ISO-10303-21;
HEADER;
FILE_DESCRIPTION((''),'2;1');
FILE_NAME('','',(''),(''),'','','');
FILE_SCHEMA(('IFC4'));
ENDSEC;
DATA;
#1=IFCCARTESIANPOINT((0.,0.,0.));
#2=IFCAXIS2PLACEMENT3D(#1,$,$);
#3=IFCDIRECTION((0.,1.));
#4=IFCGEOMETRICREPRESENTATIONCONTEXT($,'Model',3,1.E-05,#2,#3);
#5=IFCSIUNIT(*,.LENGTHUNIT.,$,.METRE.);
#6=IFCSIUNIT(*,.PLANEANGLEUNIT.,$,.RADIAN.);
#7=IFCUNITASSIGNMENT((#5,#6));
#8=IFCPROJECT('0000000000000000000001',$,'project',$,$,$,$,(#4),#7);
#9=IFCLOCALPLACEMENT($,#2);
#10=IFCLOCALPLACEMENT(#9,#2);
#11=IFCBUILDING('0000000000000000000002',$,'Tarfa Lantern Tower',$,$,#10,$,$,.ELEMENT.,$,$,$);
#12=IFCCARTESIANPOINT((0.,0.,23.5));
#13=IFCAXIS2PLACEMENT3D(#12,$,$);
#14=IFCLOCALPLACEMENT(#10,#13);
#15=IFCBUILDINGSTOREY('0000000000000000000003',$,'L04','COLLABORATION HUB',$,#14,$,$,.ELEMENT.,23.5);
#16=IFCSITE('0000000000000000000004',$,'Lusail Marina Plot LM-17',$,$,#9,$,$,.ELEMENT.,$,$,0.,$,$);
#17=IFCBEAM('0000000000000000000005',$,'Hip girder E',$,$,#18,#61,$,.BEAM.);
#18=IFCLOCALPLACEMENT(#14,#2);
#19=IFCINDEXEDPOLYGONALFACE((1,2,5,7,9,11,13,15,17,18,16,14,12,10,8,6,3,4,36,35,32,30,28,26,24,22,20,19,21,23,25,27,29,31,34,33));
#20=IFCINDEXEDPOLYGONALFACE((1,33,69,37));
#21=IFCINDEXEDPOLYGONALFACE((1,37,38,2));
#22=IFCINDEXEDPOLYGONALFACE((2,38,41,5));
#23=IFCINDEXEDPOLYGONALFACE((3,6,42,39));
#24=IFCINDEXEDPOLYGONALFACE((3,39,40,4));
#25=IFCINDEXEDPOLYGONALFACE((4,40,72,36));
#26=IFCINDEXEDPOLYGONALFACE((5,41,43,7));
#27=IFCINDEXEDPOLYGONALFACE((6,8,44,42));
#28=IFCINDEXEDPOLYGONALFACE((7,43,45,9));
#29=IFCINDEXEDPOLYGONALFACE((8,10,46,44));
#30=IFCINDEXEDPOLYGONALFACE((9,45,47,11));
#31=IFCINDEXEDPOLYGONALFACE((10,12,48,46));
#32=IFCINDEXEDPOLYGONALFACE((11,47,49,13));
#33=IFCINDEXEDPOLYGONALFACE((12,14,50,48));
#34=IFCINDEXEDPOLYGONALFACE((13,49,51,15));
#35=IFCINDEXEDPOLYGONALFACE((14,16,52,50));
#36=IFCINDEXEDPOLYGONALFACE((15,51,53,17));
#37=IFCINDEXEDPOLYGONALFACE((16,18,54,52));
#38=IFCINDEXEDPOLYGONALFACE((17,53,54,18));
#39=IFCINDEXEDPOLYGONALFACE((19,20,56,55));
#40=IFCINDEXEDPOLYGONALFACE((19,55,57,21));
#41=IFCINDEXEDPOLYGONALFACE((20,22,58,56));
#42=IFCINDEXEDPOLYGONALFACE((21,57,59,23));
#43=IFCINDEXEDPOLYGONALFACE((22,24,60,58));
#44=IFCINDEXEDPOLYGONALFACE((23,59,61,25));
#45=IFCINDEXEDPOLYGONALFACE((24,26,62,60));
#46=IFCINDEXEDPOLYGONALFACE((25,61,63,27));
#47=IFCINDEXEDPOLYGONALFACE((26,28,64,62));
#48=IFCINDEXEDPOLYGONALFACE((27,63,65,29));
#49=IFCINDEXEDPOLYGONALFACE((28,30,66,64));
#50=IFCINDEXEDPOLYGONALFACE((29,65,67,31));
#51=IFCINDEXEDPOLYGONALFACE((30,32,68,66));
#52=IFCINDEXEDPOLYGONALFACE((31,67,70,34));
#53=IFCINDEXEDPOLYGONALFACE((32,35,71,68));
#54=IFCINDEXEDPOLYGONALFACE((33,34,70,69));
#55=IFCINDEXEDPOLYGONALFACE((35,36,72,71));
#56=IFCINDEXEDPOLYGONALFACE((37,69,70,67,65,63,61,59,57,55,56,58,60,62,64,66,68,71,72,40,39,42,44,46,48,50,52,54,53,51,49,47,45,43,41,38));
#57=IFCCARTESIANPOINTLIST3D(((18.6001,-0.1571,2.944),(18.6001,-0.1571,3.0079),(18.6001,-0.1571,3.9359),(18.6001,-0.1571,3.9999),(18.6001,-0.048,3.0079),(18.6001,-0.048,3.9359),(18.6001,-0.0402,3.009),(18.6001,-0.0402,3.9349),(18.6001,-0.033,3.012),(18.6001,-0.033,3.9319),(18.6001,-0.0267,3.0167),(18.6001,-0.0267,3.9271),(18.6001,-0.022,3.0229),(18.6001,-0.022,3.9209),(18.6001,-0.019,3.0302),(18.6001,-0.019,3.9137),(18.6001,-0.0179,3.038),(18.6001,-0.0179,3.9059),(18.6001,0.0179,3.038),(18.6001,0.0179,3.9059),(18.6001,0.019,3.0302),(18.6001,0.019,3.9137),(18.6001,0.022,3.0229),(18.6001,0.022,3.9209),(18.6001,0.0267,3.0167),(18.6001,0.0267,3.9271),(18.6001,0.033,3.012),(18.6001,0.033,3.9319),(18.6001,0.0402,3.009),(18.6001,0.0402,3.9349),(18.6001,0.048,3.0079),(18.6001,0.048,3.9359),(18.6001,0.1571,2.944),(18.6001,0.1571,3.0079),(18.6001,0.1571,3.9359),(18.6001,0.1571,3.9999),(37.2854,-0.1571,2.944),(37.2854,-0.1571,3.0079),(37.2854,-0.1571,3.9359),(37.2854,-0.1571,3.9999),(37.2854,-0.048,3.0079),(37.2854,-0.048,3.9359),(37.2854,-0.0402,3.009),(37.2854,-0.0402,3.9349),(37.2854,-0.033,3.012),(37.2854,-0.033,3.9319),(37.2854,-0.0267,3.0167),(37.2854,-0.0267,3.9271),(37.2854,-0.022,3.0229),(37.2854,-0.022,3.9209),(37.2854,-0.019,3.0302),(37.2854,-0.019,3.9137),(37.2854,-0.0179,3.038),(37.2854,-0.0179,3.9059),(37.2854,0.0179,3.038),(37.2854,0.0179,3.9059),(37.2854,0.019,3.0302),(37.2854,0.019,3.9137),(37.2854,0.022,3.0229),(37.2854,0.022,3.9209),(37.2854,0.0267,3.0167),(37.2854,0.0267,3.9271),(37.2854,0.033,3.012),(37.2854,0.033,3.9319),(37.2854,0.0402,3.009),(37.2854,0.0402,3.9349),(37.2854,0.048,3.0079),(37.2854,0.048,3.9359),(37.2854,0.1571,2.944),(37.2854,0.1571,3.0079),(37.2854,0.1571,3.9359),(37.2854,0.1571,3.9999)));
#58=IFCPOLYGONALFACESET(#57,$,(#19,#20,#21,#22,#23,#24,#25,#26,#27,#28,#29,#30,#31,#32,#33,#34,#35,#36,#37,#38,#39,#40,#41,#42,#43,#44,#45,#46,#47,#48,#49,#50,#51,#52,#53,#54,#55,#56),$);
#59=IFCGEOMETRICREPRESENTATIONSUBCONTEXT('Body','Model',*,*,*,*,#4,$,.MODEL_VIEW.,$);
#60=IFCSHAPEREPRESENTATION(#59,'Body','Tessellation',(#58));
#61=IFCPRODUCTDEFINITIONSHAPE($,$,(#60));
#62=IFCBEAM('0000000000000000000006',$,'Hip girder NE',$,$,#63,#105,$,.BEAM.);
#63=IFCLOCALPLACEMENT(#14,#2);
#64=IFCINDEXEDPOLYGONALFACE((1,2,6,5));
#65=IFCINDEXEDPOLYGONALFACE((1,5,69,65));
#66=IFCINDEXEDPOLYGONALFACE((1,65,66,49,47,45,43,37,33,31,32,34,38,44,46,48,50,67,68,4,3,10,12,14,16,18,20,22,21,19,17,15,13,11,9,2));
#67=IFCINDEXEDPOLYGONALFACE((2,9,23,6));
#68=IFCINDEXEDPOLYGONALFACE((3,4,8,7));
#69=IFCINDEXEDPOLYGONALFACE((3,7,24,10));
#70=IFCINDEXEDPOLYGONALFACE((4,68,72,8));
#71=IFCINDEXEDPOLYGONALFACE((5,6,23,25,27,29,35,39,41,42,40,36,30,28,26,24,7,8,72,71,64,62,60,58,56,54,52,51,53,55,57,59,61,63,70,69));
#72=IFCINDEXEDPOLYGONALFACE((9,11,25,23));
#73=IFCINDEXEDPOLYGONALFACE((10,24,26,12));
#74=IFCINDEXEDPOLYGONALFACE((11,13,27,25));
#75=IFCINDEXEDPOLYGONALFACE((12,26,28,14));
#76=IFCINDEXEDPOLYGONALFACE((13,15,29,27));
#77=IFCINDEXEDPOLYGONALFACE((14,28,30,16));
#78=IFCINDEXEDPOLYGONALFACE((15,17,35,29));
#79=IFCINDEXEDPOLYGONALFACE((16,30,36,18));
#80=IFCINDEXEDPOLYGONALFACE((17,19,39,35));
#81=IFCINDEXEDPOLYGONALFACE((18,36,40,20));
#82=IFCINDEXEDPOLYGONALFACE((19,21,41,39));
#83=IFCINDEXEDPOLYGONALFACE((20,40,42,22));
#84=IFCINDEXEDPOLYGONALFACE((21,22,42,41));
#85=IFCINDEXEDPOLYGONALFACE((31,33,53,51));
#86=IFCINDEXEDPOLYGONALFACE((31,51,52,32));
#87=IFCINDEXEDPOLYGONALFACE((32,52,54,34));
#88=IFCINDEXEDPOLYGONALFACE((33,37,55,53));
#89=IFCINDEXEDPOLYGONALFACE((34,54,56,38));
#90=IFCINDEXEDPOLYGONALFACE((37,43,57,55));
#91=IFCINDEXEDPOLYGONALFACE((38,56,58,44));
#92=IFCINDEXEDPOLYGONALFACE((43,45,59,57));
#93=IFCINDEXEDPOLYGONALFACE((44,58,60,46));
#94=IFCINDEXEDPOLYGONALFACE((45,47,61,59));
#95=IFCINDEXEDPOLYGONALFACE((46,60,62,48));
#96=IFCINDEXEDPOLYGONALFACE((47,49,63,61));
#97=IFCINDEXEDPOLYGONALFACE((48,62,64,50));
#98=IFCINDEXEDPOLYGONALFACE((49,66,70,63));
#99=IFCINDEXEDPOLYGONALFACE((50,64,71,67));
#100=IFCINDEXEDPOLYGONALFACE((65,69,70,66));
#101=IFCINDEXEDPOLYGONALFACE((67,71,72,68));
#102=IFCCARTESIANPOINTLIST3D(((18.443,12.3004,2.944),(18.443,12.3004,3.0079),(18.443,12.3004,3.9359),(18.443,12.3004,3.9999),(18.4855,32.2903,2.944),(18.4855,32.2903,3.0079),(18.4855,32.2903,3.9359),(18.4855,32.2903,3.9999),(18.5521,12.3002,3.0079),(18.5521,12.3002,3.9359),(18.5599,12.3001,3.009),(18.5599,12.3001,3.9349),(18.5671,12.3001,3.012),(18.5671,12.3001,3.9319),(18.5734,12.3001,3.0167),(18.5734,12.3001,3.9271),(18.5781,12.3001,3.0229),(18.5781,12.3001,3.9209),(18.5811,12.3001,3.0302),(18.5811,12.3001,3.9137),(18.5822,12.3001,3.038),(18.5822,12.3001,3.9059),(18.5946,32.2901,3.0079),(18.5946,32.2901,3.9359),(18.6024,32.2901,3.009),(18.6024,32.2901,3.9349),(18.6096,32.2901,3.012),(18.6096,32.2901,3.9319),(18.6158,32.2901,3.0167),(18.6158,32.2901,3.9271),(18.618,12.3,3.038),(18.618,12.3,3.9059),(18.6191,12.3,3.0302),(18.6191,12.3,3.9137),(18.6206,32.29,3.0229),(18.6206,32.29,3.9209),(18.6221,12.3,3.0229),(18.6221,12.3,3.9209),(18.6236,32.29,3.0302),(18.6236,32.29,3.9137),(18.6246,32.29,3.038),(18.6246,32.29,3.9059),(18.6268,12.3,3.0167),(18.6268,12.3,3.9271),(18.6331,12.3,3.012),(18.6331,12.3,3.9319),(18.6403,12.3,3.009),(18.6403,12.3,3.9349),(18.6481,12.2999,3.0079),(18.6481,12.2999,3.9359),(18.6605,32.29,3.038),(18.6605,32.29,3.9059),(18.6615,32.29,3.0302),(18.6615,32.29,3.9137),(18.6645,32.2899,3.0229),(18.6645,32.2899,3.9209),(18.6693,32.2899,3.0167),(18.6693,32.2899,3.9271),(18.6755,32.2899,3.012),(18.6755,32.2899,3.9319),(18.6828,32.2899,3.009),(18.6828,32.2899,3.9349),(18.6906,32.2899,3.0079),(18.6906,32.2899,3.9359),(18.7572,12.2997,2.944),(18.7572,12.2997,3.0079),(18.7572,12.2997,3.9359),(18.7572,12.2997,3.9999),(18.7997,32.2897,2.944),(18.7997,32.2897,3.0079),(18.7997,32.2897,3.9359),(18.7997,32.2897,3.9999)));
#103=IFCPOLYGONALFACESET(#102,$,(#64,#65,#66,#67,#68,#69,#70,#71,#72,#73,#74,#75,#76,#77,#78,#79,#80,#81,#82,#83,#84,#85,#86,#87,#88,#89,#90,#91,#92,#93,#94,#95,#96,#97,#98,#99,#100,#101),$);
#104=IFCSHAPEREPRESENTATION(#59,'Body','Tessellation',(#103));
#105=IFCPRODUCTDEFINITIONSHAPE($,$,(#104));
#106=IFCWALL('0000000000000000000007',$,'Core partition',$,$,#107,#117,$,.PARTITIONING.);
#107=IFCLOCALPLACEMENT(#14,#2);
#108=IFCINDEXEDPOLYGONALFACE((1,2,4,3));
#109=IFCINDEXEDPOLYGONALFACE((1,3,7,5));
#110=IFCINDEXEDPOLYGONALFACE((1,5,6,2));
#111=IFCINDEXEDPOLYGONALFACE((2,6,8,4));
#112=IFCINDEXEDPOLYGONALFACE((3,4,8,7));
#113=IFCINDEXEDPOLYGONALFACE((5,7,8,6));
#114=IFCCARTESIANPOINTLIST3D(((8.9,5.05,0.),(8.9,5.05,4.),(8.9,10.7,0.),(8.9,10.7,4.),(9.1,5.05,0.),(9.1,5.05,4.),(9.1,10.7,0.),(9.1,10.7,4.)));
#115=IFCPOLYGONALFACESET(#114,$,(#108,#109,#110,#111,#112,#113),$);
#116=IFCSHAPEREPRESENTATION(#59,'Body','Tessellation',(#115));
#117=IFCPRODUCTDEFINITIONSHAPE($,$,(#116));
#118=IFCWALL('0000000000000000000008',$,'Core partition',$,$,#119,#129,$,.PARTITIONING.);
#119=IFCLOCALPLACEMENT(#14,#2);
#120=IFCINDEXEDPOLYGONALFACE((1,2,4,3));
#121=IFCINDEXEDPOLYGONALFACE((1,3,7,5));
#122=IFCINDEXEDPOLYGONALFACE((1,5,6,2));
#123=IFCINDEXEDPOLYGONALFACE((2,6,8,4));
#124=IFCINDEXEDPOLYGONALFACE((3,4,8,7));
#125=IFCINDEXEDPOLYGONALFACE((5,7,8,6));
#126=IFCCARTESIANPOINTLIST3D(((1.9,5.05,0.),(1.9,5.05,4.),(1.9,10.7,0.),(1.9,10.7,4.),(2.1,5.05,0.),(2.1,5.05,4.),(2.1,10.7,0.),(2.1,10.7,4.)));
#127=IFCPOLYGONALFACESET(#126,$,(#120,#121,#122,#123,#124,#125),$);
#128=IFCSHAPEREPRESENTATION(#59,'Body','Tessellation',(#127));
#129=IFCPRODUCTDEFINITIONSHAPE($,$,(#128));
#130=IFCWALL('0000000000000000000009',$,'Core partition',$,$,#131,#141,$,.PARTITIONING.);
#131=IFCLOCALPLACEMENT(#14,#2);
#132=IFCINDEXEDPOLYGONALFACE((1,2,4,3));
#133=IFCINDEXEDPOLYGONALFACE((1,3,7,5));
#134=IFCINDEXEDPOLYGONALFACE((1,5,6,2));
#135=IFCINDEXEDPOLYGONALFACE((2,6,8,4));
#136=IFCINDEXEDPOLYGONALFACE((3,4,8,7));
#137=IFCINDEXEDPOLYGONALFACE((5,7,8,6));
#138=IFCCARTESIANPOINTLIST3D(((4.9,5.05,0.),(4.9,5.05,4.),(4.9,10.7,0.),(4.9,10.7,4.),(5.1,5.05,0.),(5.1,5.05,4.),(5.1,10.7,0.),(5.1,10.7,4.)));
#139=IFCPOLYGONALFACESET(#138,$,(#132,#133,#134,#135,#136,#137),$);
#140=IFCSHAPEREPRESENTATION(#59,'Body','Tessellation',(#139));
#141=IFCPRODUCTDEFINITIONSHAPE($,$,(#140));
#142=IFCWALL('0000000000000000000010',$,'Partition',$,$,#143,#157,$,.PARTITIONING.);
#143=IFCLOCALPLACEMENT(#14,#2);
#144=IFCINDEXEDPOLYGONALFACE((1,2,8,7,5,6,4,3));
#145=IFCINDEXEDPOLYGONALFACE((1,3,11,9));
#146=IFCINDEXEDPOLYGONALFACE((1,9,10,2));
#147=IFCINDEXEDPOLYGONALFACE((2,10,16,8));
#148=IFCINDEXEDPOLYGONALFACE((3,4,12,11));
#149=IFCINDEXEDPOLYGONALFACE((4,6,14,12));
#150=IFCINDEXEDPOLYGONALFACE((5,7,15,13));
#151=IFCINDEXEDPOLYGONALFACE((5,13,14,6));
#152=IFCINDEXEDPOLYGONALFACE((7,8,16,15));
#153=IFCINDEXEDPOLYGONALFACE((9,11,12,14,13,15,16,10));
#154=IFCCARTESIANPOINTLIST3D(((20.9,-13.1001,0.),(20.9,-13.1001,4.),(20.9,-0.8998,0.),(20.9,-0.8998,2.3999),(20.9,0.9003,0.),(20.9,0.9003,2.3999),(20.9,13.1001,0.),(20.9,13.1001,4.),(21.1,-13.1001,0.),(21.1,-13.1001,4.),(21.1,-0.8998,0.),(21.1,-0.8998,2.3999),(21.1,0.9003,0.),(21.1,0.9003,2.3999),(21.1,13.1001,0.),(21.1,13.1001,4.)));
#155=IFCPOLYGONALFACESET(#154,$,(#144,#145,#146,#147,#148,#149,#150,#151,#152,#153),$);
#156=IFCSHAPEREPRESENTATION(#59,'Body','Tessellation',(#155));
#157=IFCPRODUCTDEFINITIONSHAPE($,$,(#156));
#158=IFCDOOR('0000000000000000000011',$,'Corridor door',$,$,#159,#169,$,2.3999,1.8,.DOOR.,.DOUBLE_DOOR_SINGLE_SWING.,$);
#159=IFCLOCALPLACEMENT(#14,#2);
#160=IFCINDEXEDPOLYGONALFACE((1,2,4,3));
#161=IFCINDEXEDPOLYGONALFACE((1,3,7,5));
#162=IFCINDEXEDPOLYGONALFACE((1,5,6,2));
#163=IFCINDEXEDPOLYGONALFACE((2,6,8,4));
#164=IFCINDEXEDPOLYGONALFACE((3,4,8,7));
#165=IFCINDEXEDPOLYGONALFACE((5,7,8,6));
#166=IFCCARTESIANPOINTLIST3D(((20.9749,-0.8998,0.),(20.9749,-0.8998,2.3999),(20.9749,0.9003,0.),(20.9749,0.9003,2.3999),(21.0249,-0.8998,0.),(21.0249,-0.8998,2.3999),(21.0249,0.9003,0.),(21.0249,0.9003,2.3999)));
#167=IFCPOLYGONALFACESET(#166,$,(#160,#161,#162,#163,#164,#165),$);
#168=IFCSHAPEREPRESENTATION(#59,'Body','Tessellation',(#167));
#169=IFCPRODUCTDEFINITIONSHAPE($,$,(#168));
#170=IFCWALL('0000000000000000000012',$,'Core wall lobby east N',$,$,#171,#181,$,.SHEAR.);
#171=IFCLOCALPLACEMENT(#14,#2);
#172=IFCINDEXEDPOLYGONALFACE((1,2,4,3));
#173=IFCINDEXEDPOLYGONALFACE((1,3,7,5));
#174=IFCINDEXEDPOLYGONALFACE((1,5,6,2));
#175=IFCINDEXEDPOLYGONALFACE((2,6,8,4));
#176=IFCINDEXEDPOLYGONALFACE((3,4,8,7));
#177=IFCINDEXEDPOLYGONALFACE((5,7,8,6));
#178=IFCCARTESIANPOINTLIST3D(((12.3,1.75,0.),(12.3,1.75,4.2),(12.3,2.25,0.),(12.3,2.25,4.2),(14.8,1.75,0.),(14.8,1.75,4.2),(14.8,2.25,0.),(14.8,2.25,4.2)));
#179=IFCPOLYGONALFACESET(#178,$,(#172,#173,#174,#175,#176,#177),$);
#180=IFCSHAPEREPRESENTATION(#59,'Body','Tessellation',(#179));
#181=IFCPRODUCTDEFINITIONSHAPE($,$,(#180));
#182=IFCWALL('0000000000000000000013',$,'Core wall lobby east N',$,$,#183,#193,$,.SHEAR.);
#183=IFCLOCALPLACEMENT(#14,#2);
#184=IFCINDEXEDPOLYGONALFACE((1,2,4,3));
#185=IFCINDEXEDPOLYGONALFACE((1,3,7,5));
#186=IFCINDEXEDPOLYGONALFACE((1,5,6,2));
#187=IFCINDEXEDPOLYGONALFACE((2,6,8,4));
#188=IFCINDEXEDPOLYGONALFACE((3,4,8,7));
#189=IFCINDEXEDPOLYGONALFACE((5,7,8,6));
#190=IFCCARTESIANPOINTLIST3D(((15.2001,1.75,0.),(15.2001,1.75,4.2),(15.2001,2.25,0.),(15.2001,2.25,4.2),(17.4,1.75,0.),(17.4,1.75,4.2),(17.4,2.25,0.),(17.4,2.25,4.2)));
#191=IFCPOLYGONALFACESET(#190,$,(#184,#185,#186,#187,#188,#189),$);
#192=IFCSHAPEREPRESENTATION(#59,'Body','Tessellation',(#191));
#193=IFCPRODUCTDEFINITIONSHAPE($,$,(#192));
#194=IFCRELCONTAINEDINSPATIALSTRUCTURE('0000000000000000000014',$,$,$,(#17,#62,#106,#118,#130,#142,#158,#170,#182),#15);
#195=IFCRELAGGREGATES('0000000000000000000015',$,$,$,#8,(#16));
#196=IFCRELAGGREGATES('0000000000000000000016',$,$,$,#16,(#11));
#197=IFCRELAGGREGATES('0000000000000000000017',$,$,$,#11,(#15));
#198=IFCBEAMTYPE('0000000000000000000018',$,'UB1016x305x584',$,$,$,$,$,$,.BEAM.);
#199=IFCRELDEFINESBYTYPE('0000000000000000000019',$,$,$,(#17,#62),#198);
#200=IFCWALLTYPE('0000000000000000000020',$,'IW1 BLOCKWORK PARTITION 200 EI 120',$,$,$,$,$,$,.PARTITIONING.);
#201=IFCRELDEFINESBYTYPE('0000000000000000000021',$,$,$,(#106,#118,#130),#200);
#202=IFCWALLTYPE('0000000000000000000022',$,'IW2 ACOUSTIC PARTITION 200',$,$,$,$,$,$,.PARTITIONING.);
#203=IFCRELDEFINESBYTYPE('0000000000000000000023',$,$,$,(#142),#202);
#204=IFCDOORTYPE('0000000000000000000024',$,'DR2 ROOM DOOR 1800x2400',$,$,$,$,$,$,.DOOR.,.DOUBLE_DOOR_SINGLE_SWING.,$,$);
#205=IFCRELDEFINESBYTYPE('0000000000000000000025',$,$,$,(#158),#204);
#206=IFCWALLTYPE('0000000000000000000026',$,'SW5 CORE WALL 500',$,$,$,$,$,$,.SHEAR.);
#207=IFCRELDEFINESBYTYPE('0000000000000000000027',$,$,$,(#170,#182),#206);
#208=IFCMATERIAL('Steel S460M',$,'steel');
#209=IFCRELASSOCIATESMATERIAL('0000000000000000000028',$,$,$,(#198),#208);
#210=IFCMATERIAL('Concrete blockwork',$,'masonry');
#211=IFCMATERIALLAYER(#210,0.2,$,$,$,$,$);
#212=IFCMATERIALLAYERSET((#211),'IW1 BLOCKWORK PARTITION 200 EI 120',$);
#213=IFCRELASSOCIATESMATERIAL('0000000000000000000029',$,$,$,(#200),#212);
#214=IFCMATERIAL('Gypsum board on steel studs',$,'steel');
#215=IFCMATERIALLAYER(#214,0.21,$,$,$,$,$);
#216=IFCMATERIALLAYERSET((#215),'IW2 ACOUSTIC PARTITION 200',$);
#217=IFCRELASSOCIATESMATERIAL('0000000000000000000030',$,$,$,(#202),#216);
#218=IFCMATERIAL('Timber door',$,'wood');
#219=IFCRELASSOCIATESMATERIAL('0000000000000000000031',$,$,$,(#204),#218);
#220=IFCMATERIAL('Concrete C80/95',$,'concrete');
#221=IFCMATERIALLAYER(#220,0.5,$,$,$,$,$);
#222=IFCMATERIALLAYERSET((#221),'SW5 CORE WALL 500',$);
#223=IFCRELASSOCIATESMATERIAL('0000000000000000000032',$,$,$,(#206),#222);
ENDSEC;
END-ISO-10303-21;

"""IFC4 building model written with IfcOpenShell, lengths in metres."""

from ifc_helpers import new_model, si_unit, direction, frame, frame_2d, origin, origin_2d, place, context, subcontext, project, spatial, rectangle, i_section, extrude, material, layer, layer_set, material_profile, profile_set, type_object, element, fill, save


model = new_model("IFC4")

# Units and contexts
model_context = context("Model", 3, precision=1e-05, world=origin(), true_north=direction((0.0, 1.0)))
body_context = subcontext(model_context, "Body", "Model", "MODEL_VIEW")
ifc_project = project(units=[si_unit("LENGTHUNIT", "METRE"), si_unit("PLANEANGLEUNIT", "RADIAN")], contexts=[model_context])

# Site, building, storey
site_placement = place(None, origin())
site = spatial("IfcSite", under=ifc_project, at=site_placement, Name="Lusail Marina Plot LM-17", CompositionType="ELEMENT", RefElevation=0.0)
building_placement = place(site_placement, origin())
building = spatial("IfcBuilding", under=site, at=building_placement, Name="Tarfa Lantern Tower", CompositionType="ELEMENT")
storey_placement = place(building_placement, frame((0.0, 0.0, 23.5)))
storey = spatial("IfcBuildingStorey", under=building, at=storey_placement, Name="L04", Description="COLLABORATION HUB", CompositionType="ELEMENT", Elevation=23.5)

# Beams
ifc_material_1 = material(Name="Steel S460M", Category="steel")
ifc_material_profile = material_profile(ifc_material_1, i_section(OverallWidth=0.3142, OverallDepth=1.0559, WebThickness=0.0359, FlangeThickness=0.064, FilletRadius=0.03, at=origin_2d()), Name="UB1016x305x584")
ifc_profile_set = profile_set([ifc_material_profile], Name="Steel S460M")
beam_type = type_object("IfcBeamType", Name="UB1016x305x584", PredefinedType="BEAM", material=ifc_profile_set)
beam_1_placement = place(storey_placement, frame((18.6001, 0.0, 3.4719), z_axis=(1.0, 0.0, 0.0), x_axis=(0.0, 1.0, 0.0)))
element("IfcBeam", 1, at=beam_1_placement, inside=storey, type_object=beam_type, Name="Hip girder E", PredefinedType="BEAM", context=body_context, shape_type="SweptSolid", body=[
    extrude(i_section(OverallWidth=0.3142, OverallDepth=1.0559, WebThickness=0.0359, FlangeThickness=0.064, FilletRadius=0.03, at=origin_2d()), origin(), (0.0, 0.0, 1.0), 18.6853),
])
beam_2_placement = place(storey_placement, frame((18.6001, 12.3, 3.4719), z_axis=(0.002125, 0.999998, 0.0), x_axis=(-0.999998, 0.002125, 0.0)))
element("IfcBeam", 2, at=beam_2_placement, inside=storey, type_object=beam_type, Name="Hip girder NE", PredefinedType="BEAM", context=body_context, shape_type="SweptSolid", body=[
    extrude(i_section(OverallWidth=0.3142, OverallDepth=1.0559, WebThickness=0.0359, FlangeThickness=0.064, FilletRadius=0.03, at=origin_2d()), origin(), (0.0, 0.0, 1.0), 19.99),
])

# Walls
ifc_material_2 = material(Name="Concrete blockwork", Category="masonry")
ifc_layer_1 = layer(ifc_material_2, 0.2)
ifc_layer_set_1 = layer_set([ifc_layer_1], Name="IW1 BLOCKWORK PARTITION 200 EI 120")
wall_type_1 = type_object("IfcWallType", Name="IW1 BLOCKWORK PARTITION 200 EI 120", PredefinedType="PARTITIONING", material=ifc_layer_set_1)
for number, where, z_axis, x_axis, name in (
    (3, (9.0, 5.05, 0.0), (0.0, 0.0, 1.0), (0.0, 1.0, 0.0), "Core partition"),
    (4, (2.0, 5.05, 0.0), (0.0, 0.0, 1.0), (0.0, 1.0, 0.0), "Core partition"),
    (5, (5.0, 5.05, 0.0), (0.0, 0.0, 1.0), (0.0, 1.0, 0.0), "Core partition"),
):
    element("IfcWall", number, at=place(storey_placement, frame(where, z_axis=z_axis, x_axis=x_axis)), inside=storey, type_object=wall_type_1, Name=name, PredefinedType="PARTITIONING", context=body_context, shape_type="SweptSolid", body=[
        extrude(rectangle(XDim=5.6499, YDim=0.2, at=frame_2d((2.825, 0.0))), origin(), (0.0, 0.0, 1.0), 4.0),
    ])

# Wall, opening, door
ifc_material_3 = material(Name="Gypsum board on steel studs", Category="steel")
ifc_layer_2 = layer(ifc_material_3, 0.21)
ifc_layer_set_2 = layer_set([ifc_layer_2], Name="IW2 ACOUSTIC PARTITION 200")
wall_type_2 = type_object("IfcWallType", Name="IW2 ACOUSTIC PARTITION 200", PredefinedType="PARTITIONING", material=ifc_layer_set_2)
wall_1_placement = place(storey_placement, frame((21.0, 13.1001, 0.0), z_axis=(0.0, 0.0, 1.0), x_axis=(0.0, -1.0, 0.0)))
wall_1 = element("IfcWall", 6, at=wall_1_placement, inside=storey, type_object=wall_type_2, Name="Partition", PredefinedType="PARTITIONING", context=body_context, shape_type="SweptSolid", body=[
    extrude(rectangle(XDim=26.2002, YDim=0.2, at=frame_2d((13.1001, 0.0))), origin(), (0.0, 0.0, 1.0), 4.0),
])
opening_placement = place(wall_1_placement, frame((12.2, 0.0, 0.0)))
opening = element("IfcOpeningElement", 7, at=opening_placement, cuts=wall_1, PredefinedType="OPENING", context=body_context, shape_type="SweptSolid", body=[
    extrude(rectangle(XDim=1.8, YDim=2.3999, at=frame_2d((0.8999, 1.2))), frame((0.0, 0.1099, 0.0), z_axis=(0.0, -1.0, 0.0), x_axis=(1.0, 0.0, 0.0)), (0.0, 0.0, 1.0), 0.22),
])
ifc_material_4 = material(Name="Timber door", Category="wood")
door_type = type_object("IfcDoorType", Name="DR2 ROOM DOOR 1800x2400", OperationType="DOUBLE_DOOR_SINGLE_SWING", PredefinedType="DOOR", material=ifc_material_4)
door_placement = place(opening_placement, origin())
door = element("IfcDoor", 8, at=door_placement, inside=storey, type_object=door_type, Name="Corridor door", OperationType="DOUBLE_DOOR_SINGLE_SWING", OverallHeight=2.3999, OverallWidth=1.8, PredefinedType="DOOR", context=body_context, shape_type="SweptSolid", body=[
    extrude(rectangle(XDim=1.8, YDim=2.3999, at=frame_2d((0.8999, 1.2))), frame((0.0, 0.0249, 0.0), z_axis=(0.0, -1.0, 0.0), x_axis=(1.0, 0.0, 0.0)), (0.0, 0.0, 1.0), 0.05),
])
fill(opening, door)

# Walls
ifc_material_5 = material(Name="Concrete C80/95", Category="concrete")
ifc_layer_3 = layer(ifc_material_5, 0.5)
ifc_layer_set_3 = layer_set([ifc_layer_3], Name="SW5 CORE WALL 500")
wall_type_3 = type_object("IfcWallType", Name="SW5 CORE WALL 500", PredefinedType="SHEAR", material=ifc_layer_set_3)
wall_2_placement = place(storey_placement, frame((12.3, 2.0, 0.0), z_axis=(0.0, 0.0, 1.0), x_axis=(1.0, 0.0, 0.0)))
element("IfcWall", 9, at=wall_2_placement, inside=storey, type_object=wall_type_3, Name="Core wall lobby east N", PredefinedType="SHEAR", context=body_context, shape_type="SweptSolid", body=[
    extrude(rectangle(XDim=2.5, YDim=0.5, at=frame_2d((1.25, 0.0))), origin(), (0.0, 0.0, 1.0), 4.2),
])
wall_3_placement = place(storey_placement, frame((15.2, 2.0, 0.0), z_axis=(0.0, 0.0, 1.0), x_axis=(1.0, 0.0, 0.0)))
element("IfcWall", 10, at=wall_3_placement, inside=storey, type_object=wall_type_3, Name="Core wall lobby east N", PredefinedType="SHEAR", context=body_context, shape_type="SweptSolid", body=[
    extrude(rectangle(XDim=2.2, YDim=0.5, at=frame_2d((1.1001, 0.0))), origin(), (0.0, 0.0, 1.0), 4.2),
])

save(model, "model.ifc")
